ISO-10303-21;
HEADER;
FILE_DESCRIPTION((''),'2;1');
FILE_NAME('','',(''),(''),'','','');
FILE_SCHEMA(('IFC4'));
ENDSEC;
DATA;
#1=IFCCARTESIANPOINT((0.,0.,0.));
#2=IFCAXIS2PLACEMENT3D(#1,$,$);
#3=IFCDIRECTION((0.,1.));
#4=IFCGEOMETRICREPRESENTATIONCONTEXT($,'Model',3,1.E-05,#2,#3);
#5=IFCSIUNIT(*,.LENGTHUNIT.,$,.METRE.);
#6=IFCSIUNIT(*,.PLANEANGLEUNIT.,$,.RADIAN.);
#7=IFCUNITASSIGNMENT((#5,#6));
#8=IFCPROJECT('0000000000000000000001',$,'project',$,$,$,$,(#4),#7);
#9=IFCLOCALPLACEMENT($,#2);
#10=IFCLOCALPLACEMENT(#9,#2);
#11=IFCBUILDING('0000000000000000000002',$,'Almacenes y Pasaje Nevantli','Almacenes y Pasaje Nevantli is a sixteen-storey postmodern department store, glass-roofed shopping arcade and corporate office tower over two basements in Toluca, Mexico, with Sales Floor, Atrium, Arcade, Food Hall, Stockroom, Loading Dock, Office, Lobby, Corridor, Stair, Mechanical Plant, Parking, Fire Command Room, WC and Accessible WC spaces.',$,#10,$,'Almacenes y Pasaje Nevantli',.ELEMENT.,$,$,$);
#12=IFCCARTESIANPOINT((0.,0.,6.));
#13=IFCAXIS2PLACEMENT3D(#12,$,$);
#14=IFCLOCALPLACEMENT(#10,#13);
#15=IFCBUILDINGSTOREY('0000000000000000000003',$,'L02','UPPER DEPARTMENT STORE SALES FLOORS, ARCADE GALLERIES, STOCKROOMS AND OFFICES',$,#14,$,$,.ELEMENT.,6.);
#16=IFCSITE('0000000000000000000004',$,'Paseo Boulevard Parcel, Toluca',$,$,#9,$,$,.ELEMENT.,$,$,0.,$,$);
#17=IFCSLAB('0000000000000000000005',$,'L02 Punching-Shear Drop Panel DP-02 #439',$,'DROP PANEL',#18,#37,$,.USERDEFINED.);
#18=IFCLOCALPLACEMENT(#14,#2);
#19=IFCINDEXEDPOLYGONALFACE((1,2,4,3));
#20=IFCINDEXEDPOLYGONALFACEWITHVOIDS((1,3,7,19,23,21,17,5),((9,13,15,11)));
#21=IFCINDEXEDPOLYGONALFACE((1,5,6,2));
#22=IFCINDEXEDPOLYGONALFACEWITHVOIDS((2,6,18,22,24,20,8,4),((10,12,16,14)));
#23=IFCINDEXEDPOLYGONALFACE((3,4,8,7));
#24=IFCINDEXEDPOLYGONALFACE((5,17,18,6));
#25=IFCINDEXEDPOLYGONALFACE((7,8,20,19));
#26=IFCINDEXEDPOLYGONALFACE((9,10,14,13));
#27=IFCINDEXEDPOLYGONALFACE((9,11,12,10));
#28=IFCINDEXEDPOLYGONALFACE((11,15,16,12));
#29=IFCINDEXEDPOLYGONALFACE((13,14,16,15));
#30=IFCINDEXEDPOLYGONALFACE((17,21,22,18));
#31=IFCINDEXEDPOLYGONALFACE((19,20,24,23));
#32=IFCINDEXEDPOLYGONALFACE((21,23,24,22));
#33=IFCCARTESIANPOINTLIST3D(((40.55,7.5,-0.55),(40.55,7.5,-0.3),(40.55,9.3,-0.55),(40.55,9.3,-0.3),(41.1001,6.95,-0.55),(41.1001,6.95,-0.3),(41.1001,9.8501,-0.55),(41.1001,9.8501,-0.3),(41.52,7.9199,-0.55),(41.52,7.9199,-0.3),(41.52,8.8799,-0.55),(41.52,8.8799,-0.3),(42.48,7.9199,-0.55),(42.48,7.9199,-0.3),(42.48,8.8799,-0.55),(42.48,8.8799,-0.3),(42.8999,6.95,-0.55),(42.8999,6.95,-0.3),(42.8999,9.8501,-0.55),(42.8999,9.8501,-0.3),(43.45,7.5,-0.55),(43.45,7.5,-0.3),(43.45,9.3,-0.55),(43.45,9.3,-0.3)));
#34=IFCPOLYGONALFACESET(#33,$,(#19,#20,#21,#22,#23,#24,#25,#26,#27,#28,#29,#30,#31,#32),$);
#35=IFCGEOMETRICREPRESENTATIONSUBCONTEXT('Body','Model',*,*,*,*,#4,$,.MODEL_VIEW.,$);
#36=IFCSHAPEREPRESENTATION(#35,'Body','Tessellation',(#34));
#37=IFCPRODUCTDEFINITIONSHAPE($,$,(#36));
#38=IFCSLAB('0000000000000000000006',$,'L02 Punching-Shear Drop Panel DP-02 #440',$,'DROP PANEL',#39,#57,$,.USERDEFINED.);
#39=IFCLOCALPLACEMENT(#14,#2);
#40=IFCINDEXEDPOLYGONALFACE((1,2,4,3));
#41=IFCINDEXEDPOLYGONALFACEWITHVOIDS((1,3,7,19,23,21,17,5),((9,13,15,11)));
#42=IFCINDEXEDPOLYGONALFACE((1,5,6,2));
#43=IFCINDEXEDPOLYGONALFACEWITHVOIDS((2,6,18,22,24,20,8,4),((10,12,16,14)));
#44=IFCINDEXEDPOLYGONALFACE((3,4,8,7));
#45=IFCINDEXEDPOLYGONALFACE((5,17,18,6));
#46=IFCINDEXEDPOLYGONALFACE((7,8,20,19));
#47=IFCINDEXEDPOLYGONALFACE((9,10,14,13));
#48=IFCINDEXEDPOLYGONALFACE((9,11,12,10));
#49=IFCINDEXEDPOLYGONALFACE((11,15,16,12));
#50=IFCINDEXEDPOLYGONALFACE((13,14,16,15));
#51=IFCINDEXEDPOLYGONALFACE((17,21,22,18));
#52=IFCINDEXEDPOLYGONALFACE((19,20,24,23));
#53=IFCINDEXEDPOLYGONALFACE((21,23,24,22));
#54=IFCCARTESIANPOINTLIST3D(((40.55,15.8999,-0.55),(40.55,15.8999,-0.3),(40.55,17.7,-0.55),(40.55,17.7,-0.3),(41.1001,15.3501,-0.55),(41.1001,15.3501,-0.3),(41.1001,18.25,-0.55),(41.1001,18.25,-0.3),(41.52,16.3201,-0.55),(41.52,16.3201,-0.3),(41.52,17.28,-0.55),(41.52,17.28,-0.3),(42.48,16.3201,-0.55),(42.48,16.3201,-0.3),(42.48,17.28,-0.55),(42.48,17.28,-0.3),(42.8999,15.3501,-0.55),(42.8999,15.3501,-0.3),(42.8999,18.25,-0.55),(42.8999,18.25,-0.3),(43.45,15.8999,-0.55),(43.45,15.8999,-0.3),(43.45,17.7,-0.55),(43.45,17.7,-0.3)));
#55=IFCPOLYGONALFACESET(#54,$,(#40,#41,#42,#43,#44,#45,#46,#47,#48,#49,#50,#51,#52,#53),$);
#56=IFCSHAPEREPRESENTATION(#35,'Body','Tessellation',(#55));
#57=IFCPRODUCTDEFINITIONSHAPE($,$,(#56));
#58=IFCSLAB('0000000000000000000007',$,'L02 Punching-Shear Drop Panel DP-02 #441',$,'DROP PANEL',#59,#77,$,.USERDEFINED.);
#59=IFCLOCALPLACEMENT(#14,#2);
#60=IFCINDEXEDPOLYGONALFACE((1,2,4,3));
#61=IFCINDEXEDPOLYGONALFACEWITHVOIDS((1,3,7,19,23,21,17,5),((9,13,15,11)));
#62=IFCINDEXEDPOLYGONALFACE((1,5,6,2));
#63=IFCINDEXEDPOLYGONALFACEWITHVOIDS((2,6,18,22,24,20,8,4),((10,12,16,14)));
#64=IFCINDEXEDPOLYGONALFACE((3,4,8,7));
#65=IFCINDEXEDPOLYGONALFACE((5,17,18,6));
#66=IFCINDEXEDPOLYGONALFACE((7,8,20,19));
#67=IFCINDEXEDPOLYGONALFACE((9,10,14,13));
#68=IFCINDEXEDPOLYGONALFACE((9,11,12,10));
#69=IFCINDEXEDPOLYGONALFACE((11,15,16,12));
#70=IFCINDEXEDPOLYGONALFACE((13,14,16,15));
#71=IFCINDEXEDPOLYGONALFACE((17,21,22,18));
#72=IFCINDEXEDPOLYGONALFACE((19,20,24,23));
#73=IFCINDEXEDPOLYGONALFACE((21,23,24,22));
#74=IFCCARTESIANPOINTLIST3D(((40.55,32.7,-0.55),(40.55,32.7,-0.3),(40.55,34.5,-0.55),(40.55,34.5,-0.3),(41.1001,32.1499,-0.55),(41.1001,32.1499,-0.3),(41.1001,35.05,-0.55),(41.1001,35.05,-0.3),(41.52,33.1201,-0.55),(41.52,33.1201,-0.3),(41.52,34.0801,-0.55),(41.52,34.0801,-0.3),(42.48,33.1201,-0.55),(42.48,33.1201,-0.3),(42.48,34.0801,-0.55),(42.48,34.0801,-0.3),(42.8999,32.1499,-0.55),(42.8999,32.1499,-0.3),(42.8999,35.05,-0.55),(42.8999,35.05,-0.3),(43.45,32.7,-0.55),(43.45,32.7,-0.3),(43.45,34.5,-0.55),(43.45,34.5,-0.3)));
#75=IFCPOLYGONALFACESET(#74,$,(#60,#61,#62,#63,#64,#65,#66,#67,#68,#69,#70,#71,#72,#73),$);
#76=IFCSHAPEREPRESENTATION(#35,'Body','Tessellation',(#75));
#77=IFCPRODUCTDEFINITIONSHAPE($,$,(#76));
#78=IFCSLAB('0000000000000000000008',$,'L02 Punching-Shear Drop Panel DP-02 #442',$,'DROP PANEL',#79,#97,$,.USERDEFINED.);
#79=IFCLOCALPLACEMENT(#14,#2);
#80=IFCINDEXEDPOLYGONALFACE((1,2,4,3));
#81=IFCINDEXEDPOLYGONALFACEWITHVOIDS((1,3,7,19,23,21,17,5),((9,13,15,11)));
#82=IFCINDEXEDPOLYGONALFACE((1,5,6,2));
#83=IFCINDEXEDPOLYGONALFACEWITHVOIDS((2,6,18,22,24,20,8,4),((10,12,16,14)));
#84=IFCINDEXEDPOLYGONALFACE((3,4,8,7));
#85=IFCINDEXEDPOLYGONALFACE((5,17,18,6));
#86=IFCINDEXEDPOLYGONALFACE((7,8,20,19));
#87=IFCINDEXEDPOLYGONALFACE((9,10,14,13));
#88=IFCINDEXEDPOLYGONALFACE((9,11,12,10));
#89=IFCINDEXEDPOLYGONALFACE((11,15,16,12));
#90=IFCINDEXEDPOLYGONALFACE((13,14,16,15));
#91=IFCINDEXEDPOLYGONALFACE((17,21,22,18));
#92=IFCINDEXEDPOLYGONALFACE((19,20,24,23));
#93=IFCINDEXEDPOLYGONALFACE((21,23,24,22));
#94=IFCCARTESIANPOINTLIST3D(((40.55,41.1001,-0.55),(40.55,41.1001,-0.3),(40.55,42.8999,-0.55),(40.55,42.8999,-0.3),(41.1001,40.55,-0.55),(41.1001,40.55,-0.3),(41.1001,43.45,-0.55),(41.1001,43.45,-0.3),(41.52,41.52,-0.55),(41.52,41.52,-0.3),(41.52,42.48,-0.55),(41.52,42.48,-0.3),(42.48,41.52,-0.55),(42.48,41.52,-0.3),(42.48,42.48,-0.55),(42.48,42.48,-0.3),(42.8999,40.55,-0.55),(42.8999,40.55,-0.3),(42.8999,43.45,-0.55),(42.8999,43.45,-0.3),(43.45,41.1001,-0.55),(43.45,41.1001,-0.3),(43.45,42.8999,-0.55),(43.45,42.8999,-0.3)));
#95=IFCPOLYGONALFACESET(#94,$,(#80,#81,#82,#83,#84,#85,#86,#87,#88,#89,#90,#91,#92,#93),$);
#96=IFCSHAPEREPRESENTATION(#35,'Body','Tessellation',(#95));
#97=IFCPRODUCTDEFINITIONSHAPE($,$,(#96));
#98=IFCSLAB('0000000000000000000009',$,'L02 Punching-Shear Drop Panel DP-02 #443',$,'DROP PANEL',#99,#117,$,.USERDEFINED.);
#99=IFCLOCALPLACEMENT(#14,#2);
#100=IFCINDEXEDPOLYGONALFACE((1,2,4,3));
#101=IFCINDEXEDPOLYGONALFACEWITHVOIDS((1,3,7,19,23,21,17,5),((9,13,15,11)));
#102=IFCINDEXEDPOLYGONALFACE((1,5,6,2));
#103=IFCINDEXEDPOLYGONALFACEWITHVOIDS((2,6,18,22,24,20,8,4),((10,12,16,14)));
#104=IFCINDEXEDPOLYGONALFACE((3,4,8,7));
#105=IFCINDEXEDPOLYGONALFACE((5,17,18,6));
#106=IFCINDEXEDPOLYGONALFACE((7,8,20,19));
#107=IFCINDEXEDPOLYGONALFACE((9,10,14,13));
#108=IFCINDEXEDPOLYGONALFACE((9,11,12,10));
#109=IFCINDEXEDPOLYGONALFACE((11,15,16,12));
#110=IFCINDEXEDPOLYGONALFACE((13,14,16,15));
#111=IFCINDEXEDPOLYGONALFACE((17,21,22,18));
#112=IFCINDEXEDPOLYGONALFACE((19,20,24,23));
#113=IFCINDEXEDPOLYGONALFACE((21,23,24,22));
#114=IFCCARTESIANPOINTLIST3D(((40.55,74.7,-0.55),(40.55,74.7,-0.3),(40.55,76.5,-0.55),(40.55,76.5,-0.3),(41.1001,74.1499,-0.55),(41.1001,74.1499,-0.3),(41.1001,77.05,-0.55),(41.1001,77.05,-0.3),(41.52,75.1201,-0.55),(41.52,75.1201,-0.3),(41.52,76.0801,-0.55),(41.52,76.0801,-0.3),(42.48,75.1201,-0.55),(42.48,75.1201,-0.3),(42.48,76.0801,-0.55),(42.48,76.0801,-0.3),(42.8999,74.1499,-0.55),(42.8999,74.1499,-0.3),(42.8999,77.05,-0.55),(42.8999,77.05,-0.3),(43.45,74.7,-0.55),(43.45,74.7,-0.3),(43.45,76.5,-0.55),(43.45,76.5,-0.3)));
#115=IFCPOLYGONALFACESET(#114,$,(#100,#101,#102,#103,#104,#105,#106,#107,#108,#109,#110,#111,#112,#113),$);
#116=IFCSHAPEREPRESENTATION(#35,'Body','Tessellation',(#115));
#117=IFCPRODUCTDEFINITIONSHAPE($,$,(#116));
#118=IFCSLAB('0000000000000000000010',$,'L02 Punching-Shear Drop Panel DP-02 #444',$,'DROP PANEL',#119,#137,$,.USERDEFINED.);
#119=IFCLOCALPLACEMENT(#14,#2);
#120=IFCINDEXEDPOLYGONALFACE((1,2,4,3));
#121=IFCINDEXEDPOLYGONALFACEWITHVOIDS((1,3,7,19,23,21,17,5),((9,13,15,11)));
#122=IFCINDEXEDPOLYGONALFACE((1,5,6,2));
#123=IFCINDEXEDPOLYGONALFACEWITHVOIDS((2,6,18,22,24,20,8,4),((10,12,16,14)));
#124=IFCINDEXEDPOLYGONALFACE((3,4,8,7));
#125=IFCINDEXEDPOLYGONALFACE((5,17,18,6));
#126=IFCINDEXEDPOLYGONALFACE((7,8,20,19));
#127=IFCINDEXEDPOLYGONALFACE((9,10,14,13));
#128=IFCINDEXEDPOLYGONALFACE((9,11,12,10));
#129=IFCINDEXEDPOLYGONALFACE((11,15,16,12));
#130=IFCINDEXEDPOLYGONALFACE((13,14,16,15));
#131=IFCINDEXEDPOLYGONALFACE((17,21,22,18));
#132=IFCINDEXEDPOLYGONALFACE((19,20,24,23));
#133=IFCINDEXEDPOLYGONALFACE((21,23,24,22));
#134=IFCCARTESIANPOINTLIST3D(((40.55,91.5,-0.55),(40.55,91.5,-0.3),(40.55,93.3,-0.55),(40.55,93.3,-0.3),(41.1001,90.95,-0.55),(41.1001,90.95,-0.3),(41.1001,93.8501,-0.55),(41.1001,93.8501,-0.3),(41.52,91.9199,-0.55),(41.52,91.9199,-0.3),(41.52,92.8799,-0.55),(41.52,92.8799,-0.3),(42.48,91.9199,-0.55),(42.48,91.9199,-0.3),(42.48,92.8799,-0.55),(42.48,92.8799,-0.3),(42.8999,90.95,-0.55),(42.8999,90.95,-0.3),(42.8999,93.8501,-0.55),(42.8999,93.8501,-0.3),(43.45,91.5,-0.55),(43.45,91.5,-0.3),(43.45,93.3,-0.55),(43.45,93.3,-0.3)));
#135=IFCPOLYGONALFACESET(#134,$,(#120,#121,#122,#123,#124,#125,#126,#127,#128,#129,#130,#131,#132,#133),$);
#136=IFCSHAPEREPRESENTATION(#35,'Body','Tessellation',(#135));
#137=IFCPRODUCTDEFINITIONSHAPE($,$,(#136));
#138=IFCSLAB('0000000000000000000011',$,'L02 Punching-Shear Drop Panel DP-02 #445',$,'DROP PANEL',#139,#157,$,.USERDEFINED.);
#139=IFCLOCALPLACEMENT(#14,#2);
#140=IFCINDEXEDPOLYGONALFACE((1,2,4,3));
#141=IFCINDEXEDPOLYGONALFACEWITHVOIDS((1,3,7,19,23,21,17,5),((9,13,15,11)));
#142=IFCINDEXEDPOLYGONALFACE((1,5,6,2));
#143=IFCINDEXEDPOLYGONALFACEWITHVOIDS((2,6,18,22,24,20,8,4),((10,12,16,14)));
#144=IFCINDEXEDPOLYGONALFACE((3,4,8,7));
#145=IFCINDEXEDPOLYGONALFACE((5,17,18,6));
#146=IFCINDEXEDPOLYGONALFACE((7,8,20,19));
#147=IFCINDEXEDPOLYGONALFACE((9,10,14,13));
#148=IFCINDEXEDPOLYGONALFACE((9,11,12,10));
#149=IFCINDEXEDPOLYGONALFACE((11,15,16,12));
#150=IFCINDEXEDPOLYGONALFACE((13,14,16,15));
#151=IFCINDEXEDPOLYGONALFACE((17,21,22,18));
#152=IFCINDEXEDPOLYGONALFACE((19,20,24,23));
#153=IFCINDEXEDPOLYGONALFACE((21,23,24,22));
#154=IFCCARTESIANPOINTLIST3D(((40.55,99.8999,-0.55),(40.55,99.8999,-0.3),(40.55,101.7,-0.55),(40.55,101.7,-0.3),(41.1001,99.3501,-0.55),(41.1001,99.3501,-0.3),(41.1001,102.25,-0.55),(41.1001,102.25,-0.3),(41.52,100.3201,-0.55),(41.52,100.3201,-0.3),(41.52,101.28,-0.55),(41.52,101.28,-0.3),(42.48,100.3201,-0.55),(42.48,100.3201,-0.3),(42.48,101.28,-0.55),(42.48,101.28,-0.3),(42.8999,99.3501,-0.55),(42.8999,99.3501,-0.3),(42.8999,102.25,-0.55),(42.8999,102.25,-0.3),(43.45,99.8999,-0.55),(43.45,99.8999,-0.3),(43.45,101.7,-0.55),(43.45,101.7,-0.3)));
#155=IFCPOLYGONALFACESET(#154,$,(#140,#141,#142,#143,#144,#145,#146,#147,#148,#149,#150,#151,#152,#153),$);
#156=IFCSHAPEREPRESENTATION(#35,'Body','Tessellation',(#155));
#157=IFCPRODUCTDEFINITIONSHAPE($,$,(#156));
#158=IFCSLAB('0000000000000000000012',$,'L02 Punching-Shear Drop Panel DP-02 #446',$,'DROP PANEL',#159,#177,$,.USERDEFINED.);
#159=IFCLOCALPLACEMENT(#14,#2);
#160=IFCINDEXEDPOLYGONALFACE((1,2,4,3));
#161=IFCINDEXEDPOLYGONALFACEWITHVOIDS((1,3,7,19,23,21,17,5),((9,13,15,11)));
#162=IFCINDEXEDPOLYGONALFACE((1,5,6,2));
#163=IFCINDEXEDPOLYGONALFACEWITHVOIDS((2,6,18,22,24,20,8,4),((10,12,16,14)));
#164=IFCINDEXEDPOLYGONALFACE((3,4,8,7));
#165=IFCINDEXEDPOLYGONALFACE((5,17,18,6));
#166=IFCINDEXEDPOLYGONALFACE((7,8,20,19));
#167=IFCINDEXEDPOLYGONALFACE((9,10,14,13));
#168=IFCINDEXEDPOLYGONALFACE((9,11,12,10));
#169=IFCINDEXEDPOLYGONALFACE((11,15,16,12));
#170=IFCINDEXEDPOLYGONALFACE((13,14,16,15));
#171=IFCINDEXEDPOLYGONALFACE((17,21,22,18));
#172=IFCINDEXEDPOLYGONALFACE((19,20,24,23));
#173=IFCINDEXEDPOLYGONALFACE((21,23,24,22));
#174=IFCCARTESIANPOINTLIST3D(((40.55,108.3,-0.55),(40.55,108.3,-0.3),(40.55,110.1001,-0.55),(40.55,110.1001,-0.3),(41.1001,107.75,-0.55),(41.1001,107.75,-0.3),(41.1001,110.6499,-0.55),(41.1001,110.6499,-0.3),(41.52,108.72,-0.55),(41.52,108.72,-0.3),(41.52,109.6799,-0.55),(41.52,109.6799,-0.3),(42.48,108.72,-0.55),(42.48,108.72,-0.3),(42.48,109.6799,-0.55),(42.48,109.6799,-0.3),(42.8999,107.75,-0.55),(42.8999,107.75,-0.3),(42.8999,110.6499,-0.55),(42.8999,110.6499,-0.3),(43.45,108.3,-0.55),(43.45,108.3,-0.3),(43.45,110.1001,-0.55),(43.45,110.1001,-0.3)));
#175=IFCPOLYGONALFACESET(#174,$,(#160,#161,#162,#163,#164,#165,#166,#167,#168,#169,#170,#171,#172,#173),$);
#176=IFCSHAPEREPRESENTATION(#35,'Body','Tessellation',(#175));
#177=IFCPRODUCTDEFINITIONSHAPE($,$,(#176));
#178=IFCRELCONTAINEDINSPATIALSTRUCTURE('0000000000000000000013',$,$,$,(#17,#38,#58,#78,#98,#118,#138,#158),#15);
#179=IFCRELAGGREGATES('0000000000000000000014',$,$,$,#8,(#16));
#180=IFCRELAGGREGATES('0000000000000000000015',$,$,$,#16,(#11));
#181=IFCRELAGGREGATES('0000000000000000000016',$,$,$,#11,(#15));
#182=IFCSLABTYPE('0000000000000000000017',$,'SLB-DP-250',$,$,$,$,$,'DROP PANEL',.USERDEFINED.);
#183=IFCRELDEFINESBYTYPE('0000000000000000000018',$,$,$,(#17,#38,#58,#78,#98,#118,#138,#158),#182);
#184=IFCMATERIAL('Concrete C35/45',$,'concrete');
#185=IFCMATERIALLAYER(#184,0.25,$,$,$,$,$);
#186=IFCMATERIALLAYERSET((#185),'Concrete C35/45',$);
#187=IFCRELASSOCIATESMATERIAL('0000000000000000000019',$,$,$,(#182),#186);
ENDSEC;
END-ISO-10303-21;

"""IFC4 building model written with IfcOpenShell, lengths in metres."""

from ifc_helpers import new_model, si_unit, direction, frame, origin, place, context, subcontext, project, spatial, polyline, outline, extrude, material, layer, layer_set, type_object, element, save


model = new_model("IFC4")

# Units and contexts
model_context = context("Model", 3, precision=1e-05, world=origin(), true_north=direction((0.0, 1.0)))
body_context = subcontext(model_context, "Body", "Model", "MODEL_VIEW")
ifc_project = project(units=[si_unit("LENGTHUNIT", "METRE"), si_unit("PLANEANGLEUNIT", "RADIAN")], contexts=[model_context])

# Site, building, storey
site_placement = place(None, origin())
site = spatial("IfcSite", under=ifc_project, at=site_placement, Name="Paseo Boulevard Parcel, Toluca", CompositionType="ELEMENT", RefElevation=0.0)
building_placement = place(site_placement, origin())
building = spatial("IfcBuilding", under=site, at=building_placement, Name="Almacenes y Pasaje Nevantli", Description="Almacenes y Pasaje Nevantli is a sixteen-storey postmodern department store, glass-roofed shopping arcade and corporate office tower over two basements in Toluca, Mexico, with Sales Floor, Atrium, Arcade, Food Hall, Stockroom, Loading Dock, Office, Lobby, Corridor, Stair, Mechanical Plant, Parking, Fire Command Room, WC and Accessible WC spaces.", LongName="Almacenes y Pasaje Nevantli", CompositionType="ELEMENT")
storey_placement = place(building_placement, frame((0.0, 0.0, 6.0)))
storey = spatial("IfcBuildingStorey", under=building, at=storey_placement, Name="L02", Description="UPPER DEPARTMENT STORE SALES FLOORS, ARCADE GALLERIES, STOCKROOMS AND OFFICES", CompositionType="ELEMENT", Elevation=6.0)

# Slabs
ifc_material = material(Name="Concrete C35/45", Category="concrete")
ifc_layer = layer(ifc_material, 0.25)
ifc_layer_set = layer_set([ifc_layer], Name="Concrete C35/45")
slab_type = type_object("IfcSlabType", Name="SLB-DP-250", ElementType="DROP PANEL", PredefinedType="USERDEFINED", material=ifc_layer_set)
slab_1_placement = place(storey_placement, frame((0.0, 0.0, -0.55)))
element("IfcSlab", 1, at=slab_1_placement, inside=storey, type_object=slab_type, Name="L02 Punching-Shear Drop Panel DP-02 #439", ObjectType="DROP PANEL", PredefinedType="USERDEFINED", context=body_context, shape_type="SweptSolid", body=[
    extrude(outline(polyline([(41.1001, 6.95), (42.8999, 6.95), (43.45, 7.5), (43.45, 9.3), (42.8999, 9.8501), (41.1001, 9.8501), (40.55, 9.3), (40.55, 7.5), (41.1001, 6.95)]), holes=[polyline([(41.52, 7.9199), (42.48, 7.9199), (42.48, 8.8799), (41.52, 8.8799), (41.52, 7.9199)])]), origin(), (0.0, 0.0, 1.0), 0.25),
])
slab_2_placement = place(storey_placement, frame((0.0, 0.0, -0.55)))
element("IfcSlab", 2, at=slab_2_placement, inside=storey, type_object=slab_type, Name="L02 Punching-Shear Drop Panel DP-02 #440", ObjectType="DROP PANEL", PredefinedType="USERDEFINED", context=body_context, shape_type="SweptSolid", body=[
    extrude(outline(polyline([(41.1001, 15.3501), (42.8999, 15.3501), (43.45, 15.8999), (43.45, 17.7), (42.8999, 18.25), (41.1001, 18.25), (40.55, 17.7), (40.55, 15.8999), (41.1001, 15.3501)]), holes=[polyline([(41.52, 16.3201), (42.48, 16.3201), (42.48, 17.28), (41.52, 17.28), (41.52, 16.3201)])]), origin(), (0.0, 0.0, 1.0), 0.25),
])
slab_3_placement = place(storey_placement, frame((0.0, 0.0, -0.55)))
element("IfcSlab", 3, at=slab_3_placement, inside=storey, type_object=slab_type, Name="L02 Punching-Shear Drop Panel DP-02 #441", ObjectType="DROP PANEL", PredefinedType="USERDEFINED", context=body_context, shape_type="SweptSolid", body=[
    extrude(outline(polyline([(41.1001, 32.1499), (42.8999, 32.1499), (43.45, 32.7), (43.45, 34.5), (42.8999, 35.05), (41.1001, 35.05), (40.55, 34.5), (40.55, 32.7), (41.1001, 32.1499)]), holes=[polyline([(41.52, 33.1201), (42.48, 33.1201), (42.48, 34.0801), (41.52, 34.0801), (41.52, 33.1201)])]), origin(), (0.0, 0.0, 1.0), 0.25),
])
slab_4_placement = place(storey_placement, frame((0.0, 0.0, -0.55)))
element("IfcSlab", 4, at=slab_4_placement, inside=storey, type_object=slab_type, Name="L02 Punching-Shear Drop Panel DP-02 #442", ObjectType="DROP PANEL", PredefinedType="USERDEFINED", context=body_context, shape_type="SweptSolid", body=[
    extrude(outline(polyline([(41.1001, 40.55), (42.8999, 40.55), (43.45, 41.1001), (43.45, 42.8999), (42.8999, 43.45), (41.1001, 43.45), (40.55, 42.8999), (40.55, 41.1001), (41.1001, 40.55)]), holes=[polyline([(41.52, 41.52), (42.48, 41.52), (42.48, 42.48), (41.52, 42.48), (41.52, 41.52)])]), origin(), (0.0, 0.0, 1.0), 0.25),
])
slab_5_placement = place(storey_placement, frame((0.0, 0.0, -0.55)))
element("IfcSlab", 5, at=slab_5_placement, inside=storey, type_object=slab_type, Name="L02 Punching-Shear Drop Panel DP-02 #443", ObjectType="DROP PANEL", PredefinedType="USERDEFINED", context=body_context, shape_type="SweptSolid", body=[
    extrude(outline(polyline([(41.1001, 74.1499), (42.8999, 74.1499), (43.45, 74.7), (43.45, 76.5), (42.8999, 77.05), (41.1001, 77.05), (40.55, 76.5), (40.55, 74.7), (41.1001, 74.1499)]), holes=[polyline([(41.52, 75.1201), (42.48, 75.1201), (42.48, 76.0801), (41.52, 76.0801), (41.52, 75.1201)])]), origin(), (0.0, 0.0, 1.0), 0.25),
])
slab_6_placement = place(storey_placement, frame((0.0, 0.0, -0.55)))
element("IfcSlab", 6, at=slab_6_placement, inside=storey, type_object=slab_type, Name="L02 Punching-Shear Drop Panel DP-02 #444", ObjectType="DROP PANEL", PredefinedType="USERDEFINED", context=body_context, shape_type="SweptSolid", body=[
    extrude(outline(polyline([(41.1001, 90.95), (42.8999, 90.95), (43.45, 91.5), (43.45, 93.3), (42.8999, 93.8501), (41.1001, 93.8501), (40.55, 93.3), (40.55, 91.5), (41.1001, 90.95)]), holes=[polyline([(41.52, 91.9199), (42.48, 91.9199), (42.48, 92.8799), (41.52, 92.8799), (41.52, 91.9199)])]), origin(), (0.0, 0.0, 1.0), 0.25),
])
slab_7_placement = place(storey_placement, frame((0.0, 0.0, -0.55)))
element("IfcSlab", 7, at=slab_7_placement, inside=storey, type_object=slab_type, Name="L02 Punching-Shear Drop Panel DP-02 #445", ObjectType="DROP PANEL", PredefinedType="USERDEFINED", context=body_context, shape_type="SweptSolid", body=[
    extrude(outline(polyline([(41.1001, 99.3501), (42.8999, 99.3501), (43.45, 99.8999), (43.45, 101.7), (42.8999, 102.25), (41.1001, 102.25), (40.55, 101.7), (40.55, 99.8999), (41.1001, 99.3501)]), holes=[polyline([(41.52, 100.3201), (42.48, 100.3201), (42.48, 101.28), (41.52, 101.28), (41.52, 100.3201)])]), origin(), (0.0, 0.0, 1.0), 0.25),
])
slab_8_placement = place(storey_placement, frame((0.0, 0.0, -0.55)))
element("IfcSlab", 8, at=slab_8_placement, inside=storey, type_object=slab_type, Name="L02 Punching-Shear Drop Panel DP-02 #446", ObjectType="DROP PANEL", PredefinedType="USERDEFINED", context=body_context, shape_type="SweptSolid", body=[
    extrude(outline(polyline([(41.1001, 107.75), (42.8999, 107.75), (43.45, 108.3), (43.45, 110.1001), (42.8999, 110.6499), (41.1001, 110.6499), (40.55, 110.1001), (40.55, 108.3), (41.1001, 107.75)]), holes=[polyline([(41.52, 108.72), (42.48, 108.72), (42.48, 109.6799), (41.52, 109.6799), (41.52, 108.72)])]), origin(), (0.0, 0.0, 1.0), 0.25),
])

save(model, "model.ifc")
